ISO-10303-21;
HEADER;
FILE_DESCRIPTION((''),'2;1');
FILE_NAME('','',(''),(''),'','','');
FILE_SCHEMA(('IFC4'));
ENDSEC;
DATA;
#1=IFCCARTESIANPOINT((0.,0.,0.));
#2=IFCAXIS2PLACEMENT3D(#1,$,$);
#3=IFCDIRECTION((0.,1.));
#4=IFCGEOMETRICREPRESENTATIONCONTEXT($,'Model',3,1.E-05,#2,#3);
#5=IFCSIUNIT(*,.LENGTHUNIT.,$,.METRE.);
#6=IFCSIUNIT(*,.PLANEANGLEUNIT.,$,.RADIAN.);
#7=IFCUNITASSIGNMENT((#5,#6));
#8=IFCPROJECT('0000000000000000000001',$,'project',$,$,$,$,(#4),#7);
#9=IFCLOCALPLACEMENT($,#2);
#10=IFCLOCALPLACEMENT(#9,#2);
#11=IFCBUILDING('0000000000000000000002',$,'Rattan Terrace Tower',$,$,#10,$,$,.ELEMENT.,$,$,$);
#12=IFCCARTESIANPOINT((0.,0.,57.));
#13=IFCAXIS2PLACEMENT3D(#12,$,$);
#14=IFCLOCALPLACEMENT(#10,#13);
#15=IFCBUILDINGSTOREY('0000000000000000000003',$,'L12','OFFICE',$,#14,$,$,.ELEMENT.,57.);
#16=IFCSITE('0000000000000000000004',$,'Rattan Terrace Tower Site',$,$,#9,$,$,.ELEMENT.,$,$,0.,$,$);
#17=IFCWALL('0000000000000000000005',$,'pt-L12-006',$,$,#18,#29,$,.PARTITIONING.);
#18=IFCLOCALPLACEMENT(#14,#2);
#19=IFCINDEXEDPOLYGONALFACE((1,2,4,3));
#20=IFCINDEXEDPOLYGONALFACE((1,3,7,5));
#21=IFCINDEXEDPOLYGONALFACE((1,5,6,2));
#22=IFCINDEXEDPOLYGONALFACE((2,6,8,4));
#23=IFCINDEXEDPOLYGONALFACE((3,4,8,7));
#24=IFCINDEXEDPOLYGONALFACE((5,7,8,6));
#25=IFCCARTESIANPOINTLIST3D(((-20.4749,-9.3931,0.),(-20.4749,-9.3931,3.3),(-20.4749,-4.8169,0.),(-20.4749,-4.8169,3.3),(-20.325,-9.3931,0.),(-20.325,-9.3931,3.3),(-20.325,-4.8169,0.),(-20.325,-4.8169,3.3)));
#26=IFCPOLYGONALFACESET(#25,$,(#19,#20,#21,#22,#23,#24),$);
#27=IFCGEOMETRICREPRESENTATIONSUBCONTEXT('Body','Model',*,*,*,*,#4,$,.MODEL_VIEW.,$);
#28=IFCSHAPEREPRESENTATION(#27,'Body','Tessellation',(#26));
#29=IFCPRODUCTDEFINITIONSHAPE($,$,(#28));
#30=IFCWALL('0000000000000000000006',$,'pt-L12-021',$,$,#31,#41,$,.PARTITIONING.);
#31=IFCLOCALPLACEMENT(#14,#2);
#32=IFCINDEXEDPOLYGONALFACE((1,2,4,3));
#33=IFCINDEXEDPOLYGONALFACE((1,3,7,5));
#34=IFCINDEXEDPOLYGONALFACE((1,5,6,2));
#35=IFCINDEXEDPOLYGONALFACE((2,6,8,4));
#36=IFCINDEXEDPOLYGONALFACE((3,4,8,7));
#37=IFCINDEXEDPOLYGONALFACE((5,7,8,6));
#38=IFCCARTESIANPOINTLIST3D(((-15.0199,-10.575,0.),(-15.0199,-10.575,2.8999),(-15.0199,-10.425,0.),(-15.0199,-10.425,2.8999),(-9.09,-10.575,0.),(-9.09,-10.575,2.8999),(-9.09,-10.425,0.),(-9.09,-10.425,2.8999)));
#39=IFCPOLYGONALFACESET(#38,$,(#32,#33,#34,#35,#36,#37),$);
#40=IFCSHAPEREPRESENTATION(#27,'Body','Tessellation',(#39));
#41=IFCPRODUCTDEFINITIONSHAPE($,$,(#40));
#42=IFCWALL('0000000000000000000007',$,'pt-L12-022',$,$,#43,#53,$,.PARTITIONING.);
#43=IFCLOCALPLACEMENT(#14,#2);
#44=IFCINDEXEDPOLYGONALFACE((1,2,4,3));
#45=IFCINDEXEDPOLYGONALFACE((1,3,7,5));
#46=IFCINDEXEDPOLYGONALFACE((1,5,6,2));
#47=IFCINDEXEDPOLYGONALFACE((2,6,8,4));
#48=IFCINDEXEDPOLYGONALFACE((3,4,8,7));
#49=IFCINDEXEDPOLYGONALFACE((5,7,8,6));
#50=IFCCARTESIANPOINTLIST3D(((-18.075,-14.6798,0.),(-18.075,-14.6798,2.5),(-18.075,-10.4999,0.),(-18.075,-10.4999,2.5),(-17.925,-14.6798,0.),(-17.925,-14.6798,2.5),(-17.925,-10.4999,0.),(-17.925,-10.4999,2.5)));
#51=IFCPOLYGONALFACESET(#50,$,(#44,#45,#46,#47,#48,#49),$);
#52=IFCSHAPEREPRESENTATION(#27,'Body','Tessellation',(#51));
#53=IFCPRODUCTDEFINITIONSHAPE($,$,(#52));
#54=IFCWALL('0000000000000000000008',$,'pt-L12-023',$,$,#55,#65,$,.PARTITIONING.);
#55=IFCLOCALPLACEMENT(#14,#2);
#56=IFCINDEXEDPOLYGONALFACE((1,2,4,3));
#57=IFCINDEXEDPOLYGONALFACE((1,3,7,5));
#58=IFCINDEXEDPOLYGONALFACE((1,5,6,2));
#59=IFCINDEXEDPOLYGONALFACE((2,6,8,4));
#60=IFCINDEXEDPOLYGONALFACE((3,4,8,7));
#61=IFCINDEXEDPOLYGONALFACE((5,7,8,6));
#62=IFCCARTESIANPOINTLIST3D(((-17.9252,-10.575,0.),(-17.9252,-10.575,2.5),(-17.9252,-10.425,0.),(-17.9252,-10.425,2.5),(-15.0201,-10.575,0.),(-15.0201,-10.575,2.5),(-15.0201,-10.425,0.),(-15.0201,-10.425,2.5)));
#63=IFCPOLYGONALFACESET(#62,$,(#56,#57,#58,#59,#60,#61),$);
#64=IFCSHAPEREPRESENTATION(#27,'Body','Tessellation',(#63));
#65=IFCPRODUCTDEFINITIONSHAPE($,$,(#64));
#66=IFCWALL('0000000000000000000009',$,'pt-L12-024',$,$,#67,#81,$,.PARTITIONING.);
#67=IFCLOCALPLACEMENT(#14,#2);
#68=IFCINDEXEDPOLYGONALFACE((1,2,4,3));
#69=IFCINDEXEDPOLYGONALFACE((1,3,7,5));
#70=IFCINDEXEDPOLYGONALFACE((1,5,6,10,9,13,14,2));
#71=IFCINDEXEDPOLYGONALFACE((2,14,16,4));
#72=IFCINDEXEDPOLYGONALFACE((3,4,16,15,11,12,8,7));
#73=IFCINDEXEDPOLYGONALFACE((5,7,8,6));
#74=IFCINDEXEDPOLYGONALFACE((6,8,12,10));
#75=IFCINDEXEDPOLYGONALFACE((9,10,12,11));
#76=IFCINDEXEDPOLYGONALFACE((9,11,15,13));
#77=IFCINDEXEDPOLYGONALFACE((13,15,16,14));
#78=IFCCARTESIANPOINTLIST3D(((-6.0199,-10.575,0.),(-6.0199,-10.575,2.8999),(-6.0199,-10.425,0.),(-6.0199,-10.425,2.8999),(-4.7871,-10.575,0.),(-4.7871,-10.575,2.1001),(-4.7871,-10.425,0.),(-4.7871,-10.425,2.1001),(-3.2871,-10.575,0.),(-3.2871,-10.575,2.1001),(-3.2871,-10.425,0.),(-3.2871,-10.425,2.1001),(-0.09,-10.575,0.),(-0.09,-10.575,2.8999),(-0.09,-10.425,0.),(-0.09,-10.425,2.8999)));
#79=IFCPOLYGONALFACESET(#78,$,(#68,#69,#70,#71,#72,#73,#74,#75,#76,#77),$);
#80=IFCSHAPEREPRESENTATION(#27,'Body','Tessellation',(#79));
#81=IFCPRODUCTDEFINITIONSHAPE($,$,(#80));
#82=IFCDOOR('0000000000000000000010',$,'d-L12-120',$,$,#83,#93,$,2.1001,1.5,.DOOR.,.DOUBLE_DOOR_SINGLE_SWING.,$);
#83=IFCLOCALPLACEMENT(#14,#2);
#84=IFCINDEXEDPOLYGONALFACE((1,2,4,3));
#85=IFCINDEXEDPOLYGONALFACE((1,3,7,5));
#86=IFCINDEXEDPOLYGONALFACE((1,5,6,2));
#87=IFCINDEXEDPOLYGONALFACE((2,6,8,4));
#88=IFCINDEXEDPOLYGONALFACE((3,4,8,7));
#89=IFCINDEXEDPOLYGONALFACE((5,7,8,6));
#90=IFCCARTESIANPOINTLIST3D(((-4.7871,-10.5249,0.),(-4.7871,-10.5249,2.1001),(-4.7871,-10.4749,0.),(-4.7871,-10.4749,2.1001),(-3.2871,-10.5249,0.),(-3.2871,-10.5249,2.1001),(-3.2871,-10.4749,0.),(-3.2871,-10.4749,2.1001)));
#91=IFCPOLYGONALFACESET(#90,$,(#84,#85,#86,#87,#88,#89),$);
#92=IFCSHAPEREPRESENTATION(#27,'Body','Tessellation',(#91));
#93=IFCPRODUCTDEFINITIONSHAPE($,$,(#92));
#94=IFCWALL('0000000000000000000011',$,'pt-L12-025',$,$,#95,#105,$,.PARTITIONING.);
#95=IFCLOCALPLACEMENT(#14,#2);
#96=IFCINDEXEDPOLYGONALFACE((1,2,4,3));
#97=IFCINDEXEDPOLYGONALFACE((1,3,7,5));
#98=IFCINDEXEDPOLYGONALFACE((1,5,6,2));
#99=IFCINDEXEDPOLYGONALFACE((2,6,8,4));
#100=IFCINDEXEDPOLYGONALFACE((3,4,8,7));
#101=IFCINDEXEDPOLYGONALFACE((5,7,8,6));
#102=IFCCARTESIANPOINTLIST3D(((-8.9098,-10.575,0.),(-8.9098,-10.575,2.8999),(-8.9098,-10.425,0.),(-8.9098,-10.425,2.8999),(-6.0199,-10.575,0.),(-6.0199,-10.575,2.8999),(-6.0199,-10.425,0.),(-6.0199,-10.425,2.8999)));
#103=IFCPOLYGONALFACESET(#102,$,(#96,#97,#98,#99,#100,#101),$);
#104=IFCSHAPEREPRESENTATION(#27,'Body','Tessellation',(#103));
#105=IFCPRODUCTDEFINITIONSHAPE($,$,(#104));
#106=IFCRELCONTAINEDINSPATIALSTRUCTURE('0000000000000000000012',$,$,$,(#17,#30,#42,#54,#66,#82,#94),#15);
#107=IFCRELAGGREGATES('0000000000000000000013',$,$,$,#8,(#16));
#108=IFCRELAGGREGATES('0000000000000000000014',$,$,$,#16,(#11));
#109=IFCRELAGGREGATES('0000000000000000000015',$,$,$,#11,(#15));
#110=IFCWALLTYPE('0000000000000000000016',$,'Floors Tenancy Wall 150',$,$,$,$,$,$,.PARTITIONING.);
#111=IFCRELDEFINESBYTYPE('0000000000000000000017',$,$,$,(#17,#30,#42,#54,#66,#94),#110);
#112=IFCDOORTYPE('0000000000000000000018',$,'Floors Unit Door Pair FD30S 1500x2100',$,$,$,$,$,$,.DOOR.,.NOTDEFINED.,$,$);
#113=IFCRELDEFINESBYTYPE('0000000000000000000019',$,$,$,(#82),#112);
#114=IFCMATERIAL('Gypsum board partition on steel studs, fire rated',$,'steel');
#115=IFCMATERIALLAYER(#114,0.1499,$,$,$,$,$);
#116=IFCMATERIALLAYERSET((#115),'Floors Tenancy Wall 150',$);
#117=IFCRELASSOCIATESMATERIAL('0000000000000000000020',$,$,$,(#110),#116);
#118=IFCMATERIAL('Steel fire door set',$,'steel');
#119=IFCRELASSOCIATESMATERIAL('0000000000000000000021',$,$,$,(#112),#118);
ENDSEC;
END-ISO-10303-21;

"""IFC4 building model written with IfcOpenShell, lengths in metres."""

from ifc_helpers import new_model, si_unit, direction, frame, frame_2d, origin, place, context, subcontext, project, spatial, rectangle, extrude, material, layer, layer_set, type_object, element, fill, save


model = new_model("IFC4")

# Units and contexts
model_context = context("Model", 3, precision=1e-05, world=origin(), true_north=direction((0.0, 1.0)))
body_context = subcontext(model_context, "Body", "Model", "MODEL_VIEW")
ifc_project = project(units=[si_unit("LENGTHUNIT", "METRE"), si_unit("PLANEANGLEUNIT", "RADIAN")], contexts=[model_context])

# Site, building, storey
site_placement = place(None, origin())
site = spatial("IfcSite", under=ifc_project, at=site_placement, Name="Rattan Terrace Tower Site", CompositionType="ELEMENT", RefElevation=0.0)
building_placement = place(site_placement, origin())
building = spatial("IfcBuilding", under=site, at=building_placement, Name="Rattan Terrace Tower", CompositionType="ELEMENT")
storey_placement = place(building_placement, frame((0.0, 0.0, 57.0)))
storey = spatial("IfcBuildingStorey", under=building, at=storey_placement, Name="L12", Description="OFFICE", CompositionType="ELEMENT", Elevation=57.0)

# Shared definitions
ifc_material_1 = material(Name="Gypsum board partition on steel studs, fire rated", Category="steel")
ifc_layer_1 = layer(ifc_material_1, 0.1499)
ifc_layer_set_1 = layer_set([ifc_layer_1], Name="Floors Tenancy Wall 150")
wall_type_1 = type_object("IfcWallType", Name="Floors Tenancy Wall 150", PredefinedType="PARTITIONING", material=ifc_layer_set_1)
ifc_material_2 = material(Name="Steel fire door set", Category="steel")
door_type_1 = type_object("IfcDoorType", Name="Floors Unit Door Pair FD30S 1500x2100", OperationType="NOTDEFINED", PredefinedType="DOOR", material=ifc_material_2)

# Walls
wall_1_placement = place(storey_placement, frame((-20.3999, -9.3931, 0.0), z_axis=(0.0, 0.0, 1.0), x_axis=(0.0, 1.0, 0.0)))
element("IfcWall", 1, at=wall_1_placement, inside=storey, type_object=wall_type_1, Name="pt-L12-006", PredefinedType="PARTITIONING", context=body_context, shape_type="SweptSolid", body=[
    extrude(rectangle(XDim=4.5762, YDim=0.1499, at=frame_2d((2.2881, 0.0))), origin(), (0.0, 0.0, 1.0), 3.3),
])
wall_2_placement = place(storey_placement, frame((-9.0901, -10.5, 0.0), z_axis=(0.0, 0.0, 1.0), x_axis=(-1.0, 0.0, 0.0)))
element("IfcWall", 2, at=wall_2_placement, inside=storey, type_object=wall_type_1, Name="pt-L12-021", PredefinedType="PARTITIONING", context=body_context, shape_type="SweptSolid", body=[
    extrude(rectangle(XDim=5.9299, YDim=0.1499, at=frame_2d((2.9648, 0.0))), origin(), (0.0, 0.0, 1.0), 2.8999),
])
wall_3_placement = place(storey_placement, frame((-18.0, -10.5, 0.0), z_axis=(0.0, 0.0, 1.0), x_axis=(0.0, -1.0, 0.0)))
element("IfcWall", 3, at=wall_3_placement, inside=storey, type_object=wall_type_1, Name="pt-L12-022", PredefinedType="PARTITIONING", context=body_context, shape_type="SweptSolid", body=[
    extrude(rectangle(XDim=4.1799, YDim=0.1499, at=frame_2d((2.0898, 0.0))), origin(), (0.0, 0.0, 1.0), 2.5),
])
wall_4_placement = place(storey_placement, frame((-15.02, -10.5, 0.0), z_axis=(0.0, 0.0, 1.0), x_axis=(-1.0, 0.0, 0.0)))
element("IfcWall", 4, at=wall_4_placement, inside=storey, type_object=wall_type_1, Name="pt-L12-023", PredefinedType="PARTITIONING", context=body_context, shape_type="SweptSolid", body=[
    extrude(rectangle(XDim=2.905, YDim=0.1499, at=frame_2d((1.4526, 0.0))), origin(), (0.0, 0.0, 1.0), 2.5),
])

# Wall, opening, door
wall_5_placement = place(storey_placement, frame((-0.0901, -10.5, 0.0), z_axis=(0.0, 0.0, 1.0), x_axis=(-1.0, 0.0, 0.0)))
wall_5 = element("IfcWall", 5, at=wall_5_placement, inside=storey, type_object=wall_type_1, Name="pt-L12-024", PredefinedType="PARTITIONING", context=body_context, shape_type="SweptSolid", body=[
    extrude(rectangle(XDim=5.9299, YDim=0.1499, at=frame_2d((2.9648, 0.0))), origin(), (0.0, 0.0, 1.0), 2.8999),
])
opening_1_placement = place(wall_5_placement, frame((3.197, 0.0, 0.0)))
opening_1 = element("IfcOpeningElement", 6, at=opening_1_placement, cuts=wall_5, PredefinedType="OPENING", context=body_context, shape_type="SweptSolid", body=[
    extrude(rectangle(XDim=1.5, YDim=2.1001, at=frame_2d((0.75, 1.05))), frame((0.0, 0.0854, 0.0), z_axis=(0.0, -1.0, 0.0), x_axis=(1.0, 0.0, 0.0)), (0.0, 0.0, 1.0), 0.1709),
])
door_1_placement = place(opening_1_placement, origin())
door_1 = element("IfcDoor", 7, at=door_1_placement, inside=storey, type_object=door_type_1, Name="d-L12-120", OperationType="DOUBLE_DOOR_SINGLE_SWING", OverallHeight=2.1001, OverallWidth=1.5, PredefinedType="DOOR", context=body_context, shape_type="SweptSolid", body=[
    extrude(rectangle(XDim=1.5, YDim=2.1001, at=frame_2d((0.75, 1.05))), frame((0.0, 0.0249, 0.0), z_axis=(0.0, -1.0, 0.0), x_axis=(1.0, 0.0, 0.0)), (0.0, 0.0, 1.0), 0.05),
])
fill(opening_1, door_1)

# Wall
wall_6_placement = place(storey_placement, frame((-6.02, -10.5, 0.0), z_axis=(0.0, 0.0, 1.0), x_axis=(-1.0, 0.0, 0.0)))
element("IfcWall", 8, at=wall_6_placement, inside=storey, type_object=wall_type_1, Name="pt-L12-025", PredefinedType="PARTITIONING", context=body_context, shape_type="SweptSolid", body=[
    extrude(rectangle(XDim=2.8899, YDim=0.1499, at=frame_2d((1.4448, 0.0))), origin(), (0.0, 0.0, 1.0), 2.8999),
])

save(model, "model.ifc")
